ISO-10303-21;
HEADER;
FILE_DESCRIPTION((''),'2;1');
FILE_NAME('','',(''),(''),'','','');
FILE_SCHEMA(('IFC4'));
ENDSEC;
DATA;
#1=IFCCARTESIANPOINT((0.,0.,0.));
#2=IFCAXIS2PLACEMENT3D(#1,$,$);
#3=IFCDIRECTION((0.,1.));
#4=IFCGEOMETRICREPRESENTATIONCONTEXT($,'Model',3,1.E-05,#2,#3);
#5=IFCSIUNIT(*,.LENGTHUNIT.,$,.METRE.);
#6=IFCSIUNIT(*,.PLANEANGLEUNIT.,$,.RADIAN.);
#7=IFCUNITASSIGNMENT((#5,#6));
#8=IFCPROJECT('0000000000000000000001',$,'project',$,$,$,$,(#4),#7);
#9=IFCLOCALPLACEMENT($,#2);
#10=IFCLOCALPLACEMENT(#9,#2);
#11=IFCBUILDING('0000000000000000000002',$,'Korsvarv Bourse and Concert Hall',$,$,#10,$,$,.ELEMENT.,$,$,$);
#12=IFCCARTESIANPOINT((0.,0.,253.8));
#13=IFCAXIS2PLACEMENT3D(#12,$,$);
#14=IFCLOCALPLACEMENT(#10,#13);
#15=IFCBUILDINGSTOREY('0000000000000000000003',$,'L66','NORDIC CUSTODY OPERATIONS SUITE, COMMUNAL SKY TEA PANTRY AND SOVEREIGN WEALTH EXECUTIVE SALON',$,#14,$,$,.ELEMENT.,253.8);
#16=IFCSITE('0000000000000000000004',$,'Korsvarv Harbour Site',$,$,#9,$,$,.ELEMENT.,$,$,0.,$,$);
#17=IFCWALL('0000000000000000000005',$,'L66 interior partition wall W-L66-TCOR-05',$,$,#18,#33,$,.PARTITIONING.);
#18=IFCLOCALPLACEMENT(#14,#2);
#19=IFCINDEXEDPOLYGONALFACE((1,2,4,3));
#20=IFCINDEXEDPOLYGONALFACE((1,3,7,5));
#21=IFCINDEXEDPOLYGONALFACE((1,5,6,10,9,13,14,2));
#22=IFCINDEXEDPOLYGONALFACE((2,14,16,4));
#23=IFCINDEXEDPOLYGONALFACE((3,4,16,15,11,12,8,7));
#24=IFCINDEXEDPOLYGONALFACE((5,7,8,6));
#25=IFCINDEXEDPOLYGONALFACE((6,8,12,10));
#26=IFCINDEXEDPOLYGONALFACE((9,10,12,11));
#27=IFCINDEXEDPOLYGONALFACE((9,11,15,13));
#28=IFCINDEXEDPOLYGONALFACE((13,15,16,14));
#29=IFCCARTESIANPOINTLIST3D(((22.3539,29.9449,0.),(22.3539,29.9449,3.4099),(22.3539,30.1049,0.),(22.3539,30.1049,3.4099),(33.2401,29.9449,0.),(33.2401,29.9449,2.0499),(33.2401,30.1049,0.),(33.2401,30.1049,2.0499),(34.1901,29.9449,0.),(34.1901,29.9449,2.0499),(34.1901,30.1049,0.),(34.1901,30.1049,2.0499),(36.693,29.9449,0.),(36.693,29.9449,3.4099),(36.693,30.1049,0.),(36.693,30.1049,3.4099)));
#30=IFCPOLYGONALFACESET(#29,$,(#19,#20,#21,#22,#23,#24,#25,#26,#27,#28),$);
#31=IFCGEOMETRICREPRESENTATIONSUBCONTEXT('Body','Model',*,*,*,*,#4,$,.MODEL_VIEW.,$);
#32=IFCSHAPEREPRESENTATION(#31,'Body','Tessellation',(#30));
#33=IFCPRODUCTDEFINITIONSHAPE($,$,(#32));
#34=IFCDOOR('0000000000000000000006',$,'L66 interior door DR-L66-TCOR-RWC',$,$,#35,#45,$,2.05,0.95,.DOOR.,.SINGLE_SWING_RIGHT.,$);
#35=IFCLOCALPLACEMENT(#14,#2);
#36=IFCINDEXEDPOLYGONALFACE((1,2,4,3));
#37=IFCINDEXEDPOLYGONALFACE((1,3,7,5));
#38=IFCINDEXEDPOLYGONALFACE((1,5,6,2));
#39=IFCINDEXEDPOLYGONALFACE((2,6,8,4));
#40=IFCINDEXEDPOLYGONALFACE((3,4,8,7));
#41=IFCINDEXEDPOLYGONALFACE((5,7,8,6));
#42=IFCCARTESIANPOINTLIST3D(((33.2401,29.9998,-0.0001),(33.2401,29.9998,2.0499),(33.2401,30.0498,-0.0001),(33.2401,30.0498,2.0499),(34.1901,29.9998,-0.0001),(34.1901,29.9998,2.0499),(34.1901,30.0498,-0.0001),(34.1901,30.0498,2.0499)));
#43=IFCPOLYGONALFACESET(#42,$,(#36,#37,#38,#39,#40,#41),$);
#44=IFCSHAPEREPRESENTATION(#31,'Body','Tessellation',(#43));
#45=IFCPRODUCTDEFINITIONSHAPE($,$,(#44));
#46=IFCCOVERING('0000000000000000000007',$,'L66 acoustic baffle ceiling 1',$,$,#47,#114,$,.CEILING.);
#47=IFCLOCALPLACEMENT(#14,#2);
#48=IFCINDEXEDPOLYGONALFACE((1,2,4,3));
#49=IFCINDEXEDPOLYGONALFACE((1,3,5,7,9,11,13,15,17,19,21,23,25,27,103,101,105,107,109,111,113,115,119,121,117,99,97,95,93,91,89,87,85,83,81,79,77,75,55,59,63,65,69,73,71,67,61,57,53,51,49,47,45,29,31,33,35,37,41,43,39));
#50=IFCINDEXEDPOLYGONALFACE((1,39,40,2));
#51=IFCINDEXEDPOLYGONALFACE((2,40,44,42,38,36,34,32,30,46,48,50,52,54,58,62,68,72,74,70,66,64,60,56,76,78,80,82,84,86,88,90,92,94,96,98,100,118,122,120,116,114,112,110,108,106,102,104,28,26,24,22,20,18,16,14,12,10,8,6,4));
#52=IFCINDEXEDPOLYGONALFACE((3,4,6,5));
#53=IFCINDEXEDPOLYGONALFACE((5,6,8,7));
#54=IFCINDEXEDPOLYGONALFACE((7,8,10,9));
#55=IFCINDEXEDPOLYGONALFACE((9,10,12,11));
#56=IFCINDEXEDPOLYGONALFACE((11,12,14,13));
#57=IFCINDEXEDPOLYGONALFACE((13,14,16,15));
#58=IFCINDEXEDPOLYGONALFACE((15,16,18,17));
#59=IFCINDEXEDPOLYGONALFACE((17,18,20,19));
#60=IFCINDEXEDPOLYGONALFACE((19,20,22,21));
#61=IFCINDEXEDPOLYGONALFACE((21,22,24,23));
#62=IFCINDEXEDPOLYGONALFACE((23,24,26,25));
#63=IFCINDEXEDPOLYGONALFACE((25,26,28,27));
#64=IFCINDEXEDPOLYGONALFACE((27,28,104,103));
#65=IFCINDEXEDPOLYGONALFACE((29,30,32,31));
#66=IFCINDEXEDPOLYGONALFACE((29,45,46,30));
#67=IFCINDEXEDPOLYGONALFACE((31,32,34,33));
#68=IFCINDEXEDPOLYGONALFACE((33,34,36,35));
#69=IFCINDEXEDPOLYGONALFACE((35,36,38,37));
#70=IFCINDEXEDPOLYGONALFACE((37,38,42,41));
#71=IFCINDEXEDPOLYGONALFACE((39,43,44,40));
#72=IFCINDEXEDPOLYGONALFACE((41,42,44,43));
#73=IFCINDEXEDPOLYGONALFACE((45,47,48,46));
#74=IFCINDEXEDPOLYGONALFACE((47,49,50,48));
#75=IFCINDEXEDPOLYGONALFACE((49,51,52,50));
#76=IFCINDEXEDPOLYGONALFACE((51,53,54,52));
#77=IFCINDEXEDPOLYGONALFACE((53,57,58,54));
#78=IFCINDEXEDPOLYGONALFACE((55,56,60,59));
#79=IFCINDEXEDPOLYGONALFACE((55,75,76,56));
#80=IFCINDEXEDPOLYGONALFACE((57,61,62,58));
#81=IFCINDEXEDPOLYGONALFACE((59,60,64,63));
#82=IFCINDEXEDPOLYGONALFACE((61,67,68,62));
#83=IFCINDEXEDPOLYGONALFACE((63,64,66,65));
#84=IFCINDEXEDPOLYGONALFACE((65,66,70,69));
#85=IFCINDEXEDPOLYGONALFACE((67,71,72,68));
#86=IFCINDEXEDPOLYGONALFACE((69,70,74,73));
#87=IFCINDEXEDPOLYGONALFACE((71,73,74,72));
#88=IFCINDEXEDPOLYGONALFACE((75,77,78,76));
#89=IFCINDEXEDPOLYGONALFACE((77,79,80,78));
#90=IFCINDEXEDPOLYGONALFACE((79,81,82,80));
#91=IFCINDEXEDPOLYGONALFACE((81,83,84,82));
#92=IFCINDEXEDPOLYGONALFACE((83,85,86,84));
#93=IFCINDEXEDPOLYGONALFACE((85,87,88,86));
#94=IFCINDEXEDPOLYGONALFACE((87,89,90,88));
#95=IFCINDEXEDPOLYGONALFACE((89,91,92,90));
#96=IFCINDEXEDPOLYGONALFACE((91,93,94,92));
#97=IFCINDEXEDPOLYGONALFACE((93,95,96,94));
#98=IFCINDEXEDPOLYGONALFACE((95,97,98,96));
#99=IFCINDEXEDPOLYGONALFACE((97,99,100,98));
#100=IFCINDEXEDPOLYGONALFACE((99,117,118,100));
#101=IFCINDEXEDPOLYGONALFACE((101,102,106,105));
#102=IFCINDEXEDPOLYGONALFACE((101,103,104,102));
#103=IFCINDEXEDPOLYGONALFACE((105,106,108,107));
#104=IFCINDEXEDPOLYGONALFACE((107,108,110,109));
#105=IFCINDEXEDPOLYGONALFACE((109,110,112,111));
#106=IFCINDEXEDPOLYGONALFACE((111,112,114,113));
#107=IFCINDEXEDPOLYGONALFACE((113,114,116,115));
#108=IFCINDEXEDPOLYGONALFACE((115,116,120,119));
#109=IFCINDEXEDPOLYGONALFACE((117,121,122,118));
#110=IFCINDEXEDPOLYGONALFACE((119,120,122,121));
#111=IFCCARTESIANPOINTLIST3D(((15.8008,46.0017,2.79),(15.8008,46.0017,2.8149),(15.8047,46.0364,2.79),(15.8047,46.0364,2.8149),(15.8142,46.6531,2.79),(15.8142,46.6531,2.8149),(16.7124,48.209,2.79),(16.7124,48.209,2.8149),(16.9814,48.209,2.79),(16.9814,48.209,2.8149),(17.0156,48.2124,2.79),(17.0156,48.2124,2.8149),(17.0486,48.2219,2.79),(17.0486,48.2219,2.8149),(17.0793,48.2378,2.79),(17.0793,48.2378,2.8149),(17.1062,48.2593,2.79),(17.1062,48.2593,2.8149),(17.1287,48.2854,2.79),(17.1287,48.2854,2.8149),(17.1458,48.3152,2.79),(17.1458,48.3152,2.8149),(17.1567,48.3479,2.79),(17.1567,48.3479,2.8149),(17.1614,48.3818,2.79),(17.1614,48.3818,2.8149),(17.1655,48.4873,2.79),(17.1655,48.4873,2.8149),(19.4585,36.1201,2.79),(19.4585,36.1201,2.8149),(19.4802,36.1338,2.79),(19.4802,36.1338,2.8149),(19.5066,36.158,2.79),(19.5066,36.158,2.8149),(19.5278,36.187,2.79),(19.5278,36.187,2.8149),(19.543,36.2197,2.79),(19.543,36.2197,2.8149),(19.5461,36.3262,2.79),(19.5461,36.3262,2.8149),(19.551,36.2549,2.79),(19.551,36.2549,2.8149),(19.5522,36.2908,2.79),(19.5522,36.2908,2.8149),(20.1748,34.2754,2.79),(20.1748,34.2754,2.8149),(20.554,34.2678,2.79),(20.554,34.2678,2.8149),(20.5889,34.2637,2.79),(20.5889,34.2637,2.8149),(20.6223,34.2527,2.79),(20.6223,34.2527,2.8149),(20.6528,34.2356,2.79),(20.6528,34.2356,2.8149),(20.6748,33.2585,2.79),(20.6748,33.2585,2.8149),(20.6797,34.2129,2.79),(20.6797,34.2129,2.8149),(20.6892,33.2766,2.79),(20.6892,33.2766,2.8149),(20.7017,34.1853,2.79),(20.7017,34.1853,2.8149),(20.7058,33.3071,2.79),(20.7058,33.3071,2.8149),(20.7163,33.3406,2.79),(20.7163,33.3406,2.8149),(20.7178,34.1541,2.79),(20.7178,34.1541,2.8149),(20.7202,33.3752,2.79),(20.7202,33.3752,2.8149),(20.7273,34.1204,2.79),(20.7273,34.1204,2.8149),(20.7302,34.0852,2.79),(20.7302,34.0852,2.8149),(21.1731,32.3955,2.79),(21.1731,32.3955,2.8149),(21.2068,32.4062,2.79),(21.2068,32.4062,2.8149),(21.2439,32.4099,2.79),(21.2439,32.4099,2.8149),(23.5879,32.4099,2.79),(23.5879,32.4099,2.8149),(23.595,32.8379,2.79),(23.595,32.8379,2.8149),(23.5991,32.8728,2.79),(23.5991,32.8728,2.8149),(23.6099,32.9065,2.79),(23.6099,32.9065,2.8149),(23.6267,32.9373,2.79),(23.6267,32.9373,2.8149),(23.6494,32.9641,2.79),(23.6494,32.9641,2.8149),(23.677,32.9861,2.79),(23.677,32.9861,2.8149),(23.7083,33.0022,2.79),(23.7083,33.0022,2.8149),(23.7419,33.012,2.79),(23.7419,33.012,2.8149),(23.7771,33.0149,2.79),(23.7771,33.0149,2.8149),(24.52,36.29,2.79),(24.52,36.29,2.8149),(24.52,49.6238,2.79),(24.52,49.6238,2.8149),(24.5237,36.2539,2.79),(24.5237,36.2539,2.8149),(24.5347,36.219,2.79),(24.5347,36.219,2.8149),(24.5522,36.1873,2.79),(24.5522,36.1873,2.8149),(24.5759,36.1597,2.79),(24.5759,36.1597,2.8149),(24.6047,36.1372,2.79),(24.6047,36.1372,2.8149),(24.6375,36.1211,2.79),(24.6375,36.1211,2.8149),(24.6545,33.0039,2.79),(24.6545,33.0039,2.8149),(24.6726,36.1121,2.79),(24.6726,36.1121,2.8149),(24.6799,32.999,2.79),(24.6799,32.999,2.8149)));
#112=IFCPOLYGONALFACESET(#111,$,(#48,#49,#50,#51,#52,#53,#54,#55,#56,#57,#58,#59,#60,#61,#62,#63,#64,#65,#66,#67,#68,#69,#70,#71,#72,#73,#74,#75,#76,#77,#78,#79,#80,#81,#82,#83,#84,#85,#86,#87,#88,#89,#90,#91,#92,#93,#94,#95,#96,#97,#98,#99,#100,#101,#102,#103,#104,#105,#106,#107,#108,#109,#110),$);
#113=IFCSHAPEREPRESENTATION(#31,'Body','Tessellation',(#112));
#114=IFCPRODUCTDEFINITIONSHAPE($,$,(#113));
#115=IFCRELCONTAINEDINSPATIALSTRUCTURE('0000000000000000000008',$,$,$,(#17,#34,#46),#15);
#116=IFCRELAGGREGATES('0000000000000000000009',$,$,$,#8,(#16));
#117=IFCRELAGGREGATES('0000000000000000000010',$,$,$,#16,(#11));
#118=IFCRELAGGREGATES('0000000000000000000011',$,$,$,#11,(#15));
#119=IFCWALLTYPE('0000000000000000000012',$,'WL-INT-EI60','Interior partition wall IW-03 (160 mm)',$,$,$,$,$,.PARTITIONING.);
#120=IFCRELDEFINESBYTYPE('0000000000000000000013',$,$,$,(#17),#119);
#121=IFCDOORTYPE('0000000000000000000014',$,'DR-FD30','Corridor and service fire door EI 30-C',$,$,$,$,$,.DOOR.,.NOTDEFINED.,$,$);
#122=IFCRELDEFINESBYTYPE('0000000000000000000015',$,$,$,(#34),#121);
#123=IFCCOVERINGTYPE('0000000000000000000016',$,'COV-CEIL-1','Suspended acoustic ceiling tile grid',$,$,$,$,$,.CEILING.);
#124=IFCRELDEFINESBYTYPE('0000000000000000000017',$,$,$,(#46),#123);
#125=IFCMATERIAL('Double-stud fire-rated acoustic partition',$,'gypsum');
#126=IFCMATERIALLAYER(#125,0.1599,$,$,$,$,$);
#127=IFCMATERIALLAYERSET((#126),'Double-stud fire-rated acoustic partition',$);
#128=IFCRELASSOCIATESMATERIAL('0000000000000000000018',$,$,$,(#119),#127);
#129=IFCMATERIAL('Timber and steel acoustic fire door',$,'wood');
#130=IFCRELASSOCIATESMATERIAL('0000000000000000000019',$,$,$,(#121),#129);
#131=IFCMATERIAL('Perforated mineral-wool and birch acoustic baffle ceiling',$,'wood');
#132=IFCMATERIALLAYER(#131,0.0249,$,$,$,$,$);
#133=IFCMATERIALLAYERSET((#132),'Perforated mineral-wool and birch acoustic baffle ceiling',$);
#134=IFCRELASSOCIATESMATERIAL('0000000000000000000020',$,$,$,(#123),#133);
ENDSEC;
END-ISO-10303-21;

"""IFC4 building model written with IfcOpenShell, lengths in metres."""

from ifc_helpers import new_model, si_unit, direction, frame, frame_2d, origin, place, context, subcontext, project, spatial, polyline, rectangle, outline, extrude, material, layer, layer_set, type_object, element, fill, save


model = new_model("IFC4")

# Units and contexts
model_context = context("Model", 3, precision=1e-05, world=origin(), true_north=direction((0.0, 1.0)))
body_context = subcontext(model_context, "Body", "Model", "MODEL_VIEW")
ifc_project = project(units=[si_unit("LENGTHUNIT", "METRE"), si_unit("PLANEANGLEUNIT", "RADIAN")], contexts=[model_context])

# Site, building, storey
site_placement = place(None, origin())
site = spatial("IfcSite", under=ifc_project, at=site_placement, Name="Korsvarv Harbour Site", CompositionType="ELEMENT", RefElevation=0.0)
building_placement = place(site_placement, origin())
building = spatial("IfcBuilding", under=site, at=building_placement, Name="Korsvarv Bourse and Concert Hall", CompositionType="ELEMENT")
storey_placement = place(building_placement, frame((0.0, 0.0, 253.8)))
storey = spatial("IfcBuildingStorey", under=building, at=storey_placement, Name="L66", Description="NORDIC CUSTODY OPERATIONS SUITE, COMMUNAL SKY TEA PANTRY AND SOVEREIGN WEALTH EXECUTIVE SALON", CompositionType="ELEMENT", Elevation=253.8)

# Wall, opening, door
ifc_material_1 = material(Name="Double-stud fire-rated acoustic partition", Category="gypsum")
ifc_layer_1 = layer(ifc_material_1, 0.1599)
ifc_layer_set_1 = layer_set([ifc_layer_1], Name="Double-stud fire-rated acoustic partition")
wall_type = type_object("IfcWallType", Name="WL-INT-EI60", Description="Interior partition wall IW-03 (160 mm)", PredefinedType="PARTITIONING", material=ifc_layer_set_1)
wall_placement = place(storey_placement, frame((22.354, 30.0249, 0.0), z_axis=(0.0, 0.0, 1.0), x_axis=(1.0, 0.0, 0.0)))
wall = element("IfcWall", 1, at=wall_placement, inside=storey, type_object=wall_type, Name="L66 interior partition wall W-L66-TCOR-05", PredefinedType="PARTITIONING", context=body_context, shape_type="SweptSolid", body=[
    extrude(rectangle(XDim=14.3391, YDim=0.1599, at=frame_2d((7.1694, 0.0))), origin(), (0.0, 0.0, 1.0), 3.4099),
])
opening_placement = place(wall_placement, frame((10.886, 0.0, 0.0)))
opening = element("IfcOpeningElement", 2, at=opening_placement, cuts=wall, PredefinedType="OPENING", context=body_context, shape_type="SweptSolid", body=[
    extrude(rectangle(XDim=0.95, YDim=2.05, at=frame_2d((0.4751, 1.0249))), frame((0.0, 0.0898, 0.0), z_axis=(0.0, -1.0, 0.0), x_axis=(1.0, 0.0, 0.0)), (0.0, 0.0, 1.0), 0.1799),
])
ifc_material_2 = material(Name="Timber and steel acoustic fire door", Category="wood")
door_type = type_object("IfcDoorType", Name="DR-FD30", Description="Corridor and service fire door EI 30-C", OperationType="NOTDEFINED", PredefinedType="DOOR", material=ifc_material_2)
door_placement = place(opening_placement, origin())
door = element("IfcDoor", 3, at=door_placement, inside=storey, type_object=door_type, Name="L66 interior door DR-L66-TCOR-RWC", OperationType="SINGLE_SWING_RIGHT", OverallHeight=2.05, OverallWidth=0.95, PredefinedType="DOOR", context=body_context, shape_type="SweptSolid", body=[
    extrude(rectangle(XDim=0.95, YDim=2.05, at=frame_2d((0.4751, 1.0249))), frame((0.0, 0.0249, 0.0), z_axis=(0.0, -1.0, 0.0), x_axis=(1.0, 0.0, 0.0)), (0.0, 0.0, 1.0), 0.05),
])
fill(opening, door)

# Covering
ifc_material_3 = material(Name="Perforated mineral-wool and birch acoustic baffle ceiling", Category="wood")
ifc_layer_2 = layer(ifc_material_3, 0.0249)
ifc_layer_set_2 = layer_set([ifc_layer_2], Name="Perforated mineral-wool and birch acoustic baffle ceiling")
covering_type_1 = type_object("IfcCoveringType", Name="COV-CEIL-1", Description="Suspended acoustic ceiling tile grid", PredefinedType="CEILING", material=ifc_layer_set_2)
covering_1_placement = place(storey_placement, frame((0.0, 0.0, 2.79)))
element("IfcCovering", 4, at=covering_1_placement, inside=storey, type_object=covering_type_1, Name="L66 acoustic baffle ceiling 1", PredefinedType="CEILING", context=body_context, shape_type="SweptSolid", body=[
    extrude(outline(polyline([(15.8008, 46.0017), (15.8047, 46.0364), (15.8142, 46.6531), (16.7124, 48.209), (16.9814, 48.209), (17.0156, 48.2124), (17.0486, 48.2219), (17.0793, 48.2378), (17.1062, 48.2593), (17.1287, 48.2854), (17.1458, 48.3152), (17.1567, 48.3479), (17.1614, 48.3818), (17.1655, 48.4873), (24.52, 49.6238), (24.52, 36.29), (24.5237, 36.2539), (24.5347, 36.219), (24.5522, 36.1873), (24.5759, 36.1597), (24.6047, 36.1372), (24.6375, 36.1211), (24.6726, 36.1121), (24.6799, 32.999), (24.6545, 33.0039), (23.7771, 33.0149), (23.7419, 33.012), (23.7083, 33.0022), (23.677, 32.9861), (23.6494, 32.9641), (23.6267, 32.9373), (23.6099, 32.9065), (23.5991, 32.8728), (23.595, 32.8379), (23.5879, 32.4099), (21.2439, 32.4099), (21.2068, 32.4062), (21.1731, 32.3955), (20.6748, 33.2585), (20.6892, 33.2766), (20.7058, 33.3071), (20.7163, 33.3406), (20.7202, 33.3752), (20.7302, 34.0852), (20.7273, 34.1204), (20.7178, 34.1541), (20.7017, 34.1853), (20.6797, 34.2129), (20.6528, 34.2356), (20.6223, 34.2527), (20.5889, 34.2637), (20.554, 34.2678), (20.1748, 34.2754), (19.4585, 36.1201), (19.4802, 36.1338), (19.5066, 36.158), (19.5278, 36.187), (19.543, 36.2197), (19.551, 36.2549), (19.5522, 36.2908), (19.5461, 36.3262), (15.8008, 46.0017)])), origin(), (0.0, 0.0, 1.0), 0.0249),
])

save(model, "model.ifc")
